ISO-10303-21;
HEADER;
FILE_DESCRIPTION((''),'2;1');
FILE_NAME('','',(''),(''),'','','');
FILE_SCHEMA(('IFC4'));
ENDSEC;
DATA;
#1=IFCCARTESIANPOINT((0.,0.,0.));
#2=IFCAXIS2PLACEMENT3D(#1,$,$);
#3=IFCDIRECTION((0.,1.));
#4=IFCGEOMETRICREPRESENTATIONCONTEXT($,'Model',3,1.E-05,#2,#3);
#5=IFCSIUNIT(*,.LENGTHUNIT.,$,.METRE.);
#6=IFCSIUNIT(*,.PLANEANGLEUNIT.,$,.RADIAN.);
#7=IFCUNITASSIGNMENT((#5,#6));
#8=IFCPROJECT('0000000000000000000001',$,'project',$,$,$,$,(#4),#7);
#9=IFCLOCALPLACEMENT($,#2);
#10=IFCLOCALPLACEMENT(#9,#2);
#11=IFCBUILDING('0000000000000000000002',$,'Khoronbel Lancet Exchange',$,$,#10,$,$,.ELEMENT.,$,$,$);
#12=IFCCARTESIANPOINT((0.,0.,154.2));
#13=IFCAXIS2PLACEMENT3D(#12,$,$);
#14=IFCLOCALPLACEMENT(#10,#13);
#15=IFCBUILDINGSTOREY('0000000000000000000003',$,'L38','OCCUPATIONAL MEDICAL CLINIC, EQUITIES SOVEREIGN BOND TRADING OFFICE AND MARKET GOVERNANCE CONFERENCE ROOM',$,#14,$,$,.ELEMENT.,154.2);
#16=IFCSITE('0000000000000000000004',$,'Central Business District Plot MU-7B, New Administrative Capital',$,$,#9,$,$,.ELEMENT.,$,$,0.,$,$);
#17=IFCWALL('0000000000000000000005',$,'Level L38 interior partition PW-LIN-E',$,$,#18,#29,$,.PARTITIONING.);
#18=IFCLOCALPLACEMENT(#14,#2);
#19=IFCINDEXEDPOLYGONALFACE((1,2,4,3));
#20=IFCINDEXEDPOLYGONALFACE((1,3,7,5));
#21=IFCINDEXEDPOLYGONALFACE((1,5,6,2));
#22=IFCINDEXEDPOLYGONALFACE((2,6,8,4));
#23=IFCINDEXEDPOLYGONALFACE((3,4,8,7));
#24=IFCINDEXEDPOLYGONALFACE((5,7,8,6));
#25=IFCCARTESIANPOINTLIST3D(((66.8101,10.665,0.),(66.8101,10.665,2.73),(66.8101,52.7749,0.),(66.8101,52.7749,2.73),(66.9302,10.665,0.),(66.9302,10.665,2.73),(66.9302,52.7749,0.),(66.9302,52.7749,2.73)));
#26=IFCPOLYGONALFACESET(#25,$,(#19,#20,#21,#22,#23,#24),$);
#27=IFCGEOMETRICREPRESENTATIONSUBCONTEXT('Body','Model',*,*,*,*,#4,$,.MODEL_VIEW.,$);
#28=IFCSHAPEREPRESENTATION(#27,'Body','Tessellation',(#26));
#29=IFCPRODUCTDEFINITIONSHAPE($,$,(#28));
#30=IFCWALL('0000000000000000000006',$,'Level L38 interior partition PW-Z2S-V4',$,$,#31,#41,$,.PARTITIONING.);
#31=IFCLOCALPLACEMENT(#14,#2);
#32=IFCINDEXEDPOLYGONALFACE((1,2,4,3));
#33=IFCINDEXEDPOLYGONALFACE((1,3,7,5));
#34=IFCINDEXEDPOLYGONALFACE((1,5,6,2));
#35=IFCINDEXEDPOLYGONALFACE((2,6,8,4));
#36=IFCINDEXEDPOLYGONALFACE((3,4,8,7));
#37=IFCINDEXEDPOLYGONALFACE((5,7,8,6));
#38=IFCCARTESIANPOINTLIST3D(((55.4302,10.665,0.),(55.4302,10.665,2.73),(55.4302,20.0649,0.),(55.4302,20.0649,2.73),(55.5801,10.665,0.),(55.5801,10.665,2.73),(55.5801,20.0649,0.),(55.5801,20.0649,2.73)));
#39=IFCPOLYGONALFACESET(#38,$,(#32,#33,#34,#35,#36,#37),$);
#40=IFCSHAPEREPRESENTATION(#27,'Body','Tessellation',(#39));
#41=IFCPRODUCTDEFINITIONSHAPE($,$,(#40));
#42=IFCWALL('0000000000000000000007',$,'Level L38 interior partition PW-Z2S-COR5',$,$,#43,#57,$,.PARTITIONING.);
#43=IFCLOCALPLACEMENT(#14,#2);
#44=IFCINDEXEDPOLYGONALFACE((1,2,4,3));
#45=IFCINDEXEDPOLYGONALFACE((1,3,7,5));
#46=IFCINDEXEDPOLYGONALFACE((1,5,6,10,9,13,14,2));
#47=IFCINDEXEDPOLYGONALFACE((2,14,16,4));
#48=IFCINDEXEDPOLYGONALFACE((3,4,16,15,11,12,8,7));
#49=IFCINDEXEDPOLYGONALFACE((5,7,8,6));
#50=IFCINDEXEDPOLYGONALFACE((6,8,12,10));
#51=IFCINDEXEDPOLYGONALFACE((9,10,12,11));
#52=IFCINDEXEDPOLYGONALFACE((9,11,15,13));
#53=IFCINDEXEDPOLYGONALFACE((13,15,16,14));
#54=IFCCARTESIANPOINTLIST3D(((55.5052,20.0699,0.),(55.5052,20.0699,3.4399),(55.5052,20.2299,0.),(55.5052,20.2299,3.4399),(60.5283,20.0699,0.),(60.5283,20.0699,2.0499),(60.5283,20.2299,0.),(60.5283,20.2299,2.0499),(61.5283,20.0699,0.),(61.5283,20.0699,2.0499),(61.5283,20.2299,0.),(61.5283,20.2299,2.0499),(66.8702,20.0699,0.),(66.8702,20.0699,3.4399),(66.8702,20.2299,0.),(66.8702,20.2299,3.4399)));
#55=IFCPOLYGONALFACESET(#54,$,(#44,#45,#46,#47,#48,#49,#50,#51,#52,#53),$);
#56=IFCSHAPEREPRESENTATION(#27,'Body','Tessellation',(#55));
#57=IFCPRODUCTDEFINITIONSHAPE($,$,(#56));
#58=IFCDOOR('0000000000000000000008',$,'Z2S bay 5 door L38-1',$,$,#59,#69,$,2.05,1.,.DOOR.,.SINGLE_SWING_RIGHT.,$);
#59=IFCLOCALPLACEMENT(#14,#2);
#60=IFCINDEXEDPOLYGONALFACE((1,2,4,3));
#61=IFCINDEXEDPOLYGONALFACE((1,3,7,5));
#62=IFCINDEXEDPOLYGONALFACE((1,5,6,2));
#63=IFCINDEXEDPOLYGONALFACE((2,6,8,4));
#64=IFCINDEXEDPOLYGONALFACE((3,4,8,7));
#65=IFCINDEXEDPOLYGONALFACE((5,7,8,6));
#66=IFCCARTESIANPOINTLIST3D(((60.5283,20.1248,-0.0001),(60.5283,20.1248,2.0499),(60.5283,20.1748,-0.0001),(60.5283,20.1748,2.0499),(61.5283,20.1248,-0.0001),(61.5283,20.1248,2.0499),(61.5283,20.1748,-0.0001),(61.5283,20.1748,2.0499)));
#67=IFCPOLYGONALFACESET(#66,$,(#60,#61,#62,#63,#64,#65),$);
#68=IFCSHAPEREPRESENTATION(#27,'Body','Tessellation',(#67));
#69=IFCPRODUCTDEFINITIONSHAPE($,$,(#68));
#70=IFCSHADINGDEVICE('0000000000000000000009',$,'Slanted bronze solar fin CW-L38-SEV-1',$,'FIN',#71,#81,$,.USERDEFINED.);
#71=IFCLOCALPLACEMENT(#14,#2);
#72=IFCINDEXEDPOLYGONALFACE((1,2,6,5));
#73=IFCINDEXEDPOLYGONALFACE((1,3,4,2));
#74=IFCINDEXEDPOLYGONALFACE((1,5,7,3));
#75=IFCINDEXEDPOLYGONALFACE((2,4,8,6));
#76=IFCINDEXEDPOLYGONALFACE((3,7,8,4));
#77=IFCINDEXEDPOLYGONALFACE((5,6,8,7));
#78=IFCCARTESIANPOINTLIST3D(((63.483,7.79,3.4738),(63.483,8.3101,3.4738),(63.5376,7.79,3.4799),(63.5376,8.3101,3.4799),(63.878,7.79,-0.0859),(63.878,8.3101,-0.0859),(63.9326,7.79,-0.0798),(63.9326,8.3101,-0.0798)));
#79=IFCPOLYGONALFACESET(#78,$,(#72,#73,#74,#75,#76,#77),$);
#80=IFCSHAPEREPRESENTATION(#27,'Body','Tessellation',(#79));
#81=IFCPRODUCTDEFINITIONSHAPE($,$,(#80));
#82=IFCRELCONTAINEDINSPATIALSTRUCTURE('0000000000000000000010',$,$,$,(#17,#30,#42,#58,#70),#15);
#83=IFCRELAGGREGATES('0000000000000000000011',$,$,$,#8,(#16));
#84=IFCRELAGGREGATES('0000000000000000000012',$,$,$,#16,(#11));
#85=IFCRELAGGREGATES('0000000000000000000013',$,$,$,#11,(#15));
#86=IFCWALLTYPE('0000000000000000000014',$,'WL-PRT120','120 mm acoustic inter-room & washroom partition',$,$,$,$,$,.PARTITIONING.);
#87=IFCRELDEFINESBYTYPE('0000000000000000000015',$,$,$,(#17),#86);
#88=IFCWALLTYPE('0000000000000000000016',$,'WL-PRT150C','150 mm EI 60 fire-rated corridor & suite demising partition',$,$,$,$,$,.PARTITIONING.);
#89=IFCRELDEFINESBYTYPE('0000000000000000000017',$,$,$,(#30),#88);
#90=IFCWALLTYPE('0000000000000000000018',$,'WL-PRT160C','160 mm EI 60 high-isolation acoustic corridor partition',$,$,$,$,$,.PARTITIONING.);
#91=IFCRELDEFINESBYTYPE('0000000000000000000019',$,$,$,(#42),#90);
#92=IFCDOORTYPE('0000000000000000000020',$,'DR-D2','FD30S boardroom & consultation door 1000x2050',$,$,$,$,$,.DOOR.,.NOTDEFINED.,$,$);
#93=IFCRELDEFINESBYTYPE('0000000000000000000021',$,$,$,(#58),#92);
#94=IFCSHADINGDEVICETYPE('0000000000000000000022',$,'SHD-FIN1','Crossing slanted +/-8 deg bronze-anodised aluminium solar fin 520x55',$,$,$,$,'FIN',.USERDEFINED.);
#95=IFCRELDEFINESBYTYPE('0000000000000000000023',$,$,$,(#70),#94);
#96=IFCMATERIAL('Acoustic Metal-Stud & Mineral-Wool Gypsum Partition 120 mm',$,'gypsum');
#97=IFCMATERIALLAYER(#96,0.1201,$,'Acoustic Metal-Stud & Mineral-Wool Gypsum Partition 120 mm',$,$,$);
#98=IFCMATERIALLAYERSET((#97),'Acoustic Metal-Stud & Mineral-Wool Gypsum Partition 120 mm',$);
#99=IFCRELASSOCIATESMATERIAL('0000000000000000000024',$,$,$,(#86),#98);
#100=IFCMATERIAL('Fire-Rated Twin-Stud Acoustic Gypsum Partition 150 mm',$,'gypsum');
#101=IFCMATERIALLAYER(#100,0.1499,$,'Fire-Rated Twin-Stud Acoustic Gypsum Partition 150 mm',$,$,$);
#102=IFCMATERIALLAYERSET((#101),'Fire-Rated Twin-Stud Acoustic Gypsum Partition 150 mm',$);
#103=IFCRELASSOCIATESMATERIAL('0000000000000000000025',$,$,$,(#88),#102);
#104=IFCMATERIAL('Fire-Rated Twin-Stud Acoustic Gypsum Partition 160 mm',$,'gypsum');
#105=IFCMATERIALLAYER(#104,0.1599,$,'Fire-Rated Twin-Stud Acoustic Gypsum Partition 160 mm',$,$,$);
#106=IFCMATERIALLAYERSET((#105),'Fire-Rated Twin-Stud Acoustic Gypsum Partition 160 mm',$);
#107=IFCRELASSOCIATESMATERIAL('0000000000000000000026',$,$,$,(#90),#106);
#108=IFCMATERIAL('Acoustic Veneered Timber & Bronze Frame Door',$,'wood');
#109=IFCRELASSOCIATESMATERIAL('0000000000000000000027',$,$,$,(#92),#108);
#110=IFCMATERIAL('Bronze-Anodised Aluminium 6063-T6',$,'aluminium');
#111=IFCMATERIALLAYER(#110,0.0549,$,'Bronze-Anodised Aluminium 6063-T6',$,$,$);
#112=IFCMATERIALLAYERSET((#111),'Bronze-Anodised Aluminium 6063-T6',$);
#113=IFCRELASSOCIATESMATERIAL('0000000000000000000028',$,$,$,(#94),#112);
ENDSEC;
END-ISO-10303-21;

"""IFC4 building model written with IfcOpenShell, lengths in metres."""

from ifc_helpers import new_model, si_unit, direction, frame, frame_2d, origin, place, context, subcontext, project, spatial, polyline, rectangle, outline, extrude, material, layer, layer_set, type_object, element, fill, save


model = new_model("IFC4")

# Units and contexts
model_context = context("Model", 3, precision=1e-05, world=origin(), true_north=direction((0.0, 1.0)))
body_context = subcontext(model_context, "Body", "Model", "MODEL_VIEW")
ifc_project = project(units=[si_unit("LENGTHUNIT", "METRE"), si_unit("PLANEANGLEUNIT", "RADIAN")], contexts=[model_context])

# Site, building, storey
site_placement = place(None, origin())
site = spatial("IfcSite", under=ifc_project, at=site_placement, Name="Central Business District Plot MU-7B, New Administrative Capital", CompositionType="ELEMENT", RefElevation=0.0)
building_placement = place(site_placement, origin())
building = spatial("IfcBuilding", under=site, at=building_placement, Name="Khoronbel Lancet Exchange", CompositionType="ELEMENT")
storey_placement = place(building_placement, frame((0.0, 0.0, 154.2)))
storey = spatial("IfcBuildingStorey", under=building, at=storey_placement, Name="L38", Description="OCCUPATIONAL MEDICAL CLINIC, EQUITIES SOVEREIGN BOND TRADING OFFICE AND MARKET GOVERNANCE CONFERENCE ROOM", CompositionType="ELEMENT", Elevation=154.2)

# Shared definitions
ifc_material_1 = material(Name="Bronze-Anodised Aluminium 6063-T6", Category="aluminium")

# Shared definitions
ifc_material_2 = material(Name="Acoustic Metal-Stud & Mineral-Wool Gypsum Partition 120 mm", Category="gypsum")
ifc_layer_1 = layer(ifc_material_2, 0.1201, Name="Acoustic Metal-Stud & Mineral-Wool Gypsum Partition 120 mm")
ifc_layer_set_1 = layer_set([ifc_layer_1], Name="Acoustic Metal-Stud & Mineral-Wool Gypsum Partition 120 mm")
wall_type_1 = type_object("IfcWallType", Name="WL-PRT120", Description="120 mm acoustic inter-room & washroom partition", PredefinedType="PARTITIONING", material=ifc_layer_set_1)

# Walls
wall_1_placement = place(storey_placement, frame((66.8701, 10.665, 0.0), z_axis=(0.0, 0.0, 1.0), x_axis=(0.0, 1.0, 0.0)))
element("IfcWall", 1, at=wall_1_placement, inside=storey, type_object=wall_type_1, Name="Level L38 interior partition PW-LIN-E", PredefinedType="PARTITIONING", context=body_context, shape_type="SweptSolid", body=[
    extrude(rectangle(XDim=42.1099, YDim=0.1201, at=frame_2d((21.0549, 0.0))), origin(), (0.0, 0.0, 1.0), 2.73),
])
ifc_material_3 = material(Name="Fire-Rated Twin-Stud Acoustic Gypsum Partition 150 mm", Category="gypsum")
ifc_layer_2 = layer(ifc_material_3, 0.1499, Name="Fire-Rated Twin-Stud Acoustic Gypsum Partition 150 mm")
ifc_layer_set_2 = layer_set([ifc_layer_2], Name="Fire-Rated Twin-Stud Acoustic Gypsum Partition 150 mm")
wall_type_2 = type_object("IfcWallType", Name="WL-PRT150C", Description="150 mm EI 60 fire-rated corridor & suite demising partition", PredefinedType="PARTITIONING", material=ifc_layer_set_2)
wall_2_placement = place(storey_placement, frame((55.5051, 10.665, 0.0), z_axis=(0.0, 0.0, 1.0), x_axis=(0.0, 1.0, 0.0)))
element("IfcWall", 2, at=wall_2_placement, inside=storey, type_object=wall_type_2, Name="Level L38 interior partition PW-Z2S-V4", PredefinedType="PARTITIONING", context=body_context, shape_type="SweptSolid", body=[
    extrude(rectangle(XDim=9.3999, YDim=0.1499, at=frame_2d((4.7, 0.0))), origin(), (0.0, 0.0, 1.0), 2.73),
])

# Wall, opening, door
ifc_material_4 = material(Name="Fire-Rated Twin-Stud Acoustic Gypsum Partition 160 mm", Category="gypsum")
ifc_layer_3 = layer(ifc_material_4, 0.1599, Name="Fire-Rated Twin-Stud Acoustic Gypsum Partition 160 mm")
ifc_layer_set_3 = layer_set([ifc_layer_3], Name="Fire-Rated Twin-Stud Acoustic Gypsum Partition 160 mm")
wall_type_3 = type_object("IfcWallType", Name="WL-PRT160C", Description="160 mm EI 60 high-isolation acoustic corridor partition", PredefinedType="PARTITIONING", material=ifc_layer_set_3)
wall_3_placement = place(storey_placement, frame((55.5051, 20.1499, 0.0), z_axis=(0.0, 0.0, 1.0), x_axis=(1.0, 0.0, 0.0)))
wall_3 = element("IfcWall", 3, at=wall_3_placement, inside=storey, type_object=wall_type_3, Name="Level L38 interior partition PW-Z2S-COR5", PredefinedType="PARTITIONING", context=body_context, shape_type="SweptSolid", body=[
    extrude(rectangle(XDim=11.365, YDim=0.1599, at=frame_2d((5.6826, 0.0))), origin(), (0.0, 0.0, 1.0), 3.4399),
])
opening_1_placement = place(wall_3_placement, frame((5.0232, 0.0, 0.0)))
opening_1 = element("IfcOpeningElement", 4, at=opening_1_placement, cuts=wall_3, PredefinedType="OPENING", context=body_context, shape_type="SweptSolid", body=[
    extrude(rectangle(XDim=1.0, YDim=2.05, at=frame_2d((0.5, 1.0249))), frame((0.0, 0.0898, 0.0), z_axis=(0.0, -1.0, 0.0), x_axis=(1.0, 0.0, 0.0)), (0.0, 0.0, 1.0), 0.1799),
])
ifc_material_5 = material(Name="Acoustic Veneered Timber & Bronze Frame Door", Category="wood")
door_type_1 = type_object("IfcDoorType", Name="DR-D2", Description="FD30S boardroom & consultation door 1000x2050", OperationType="NOTDEFINED", PredefinedType="DOOR", material=ifc_material_5)
door_1_placement = place(opening_1_placement, origin())
door_1 = element("IfcDoor", 5, at=door_1_placement, inside=storey, type_object=door_type_1, Name="Z2S bay 5 door L38-1", OperationType="SINGLE_SWING_RIGHT", OverallHeight=2.05, OverallWidth=1.0, PredefinedType="DOOR", context=body_context, shape_type="SweptSolid", body=[
    extrude(rectangle(XDim=1.0, YDim=2.05, at=frame_2d((0.5, 1.0249))), frame((0.0, 0.0249, 0.0), z_axis=(0.0, -1.0, 0.0), x_axis=(1.0, 0.0, 0.0)), (0.0, 0.0, 1.0), 0.05),
])
fill(opening_1, door_1)

# Shading device
ifc_layer_4 = layer(ifc_material_1, 0.0549, Name="Bronze-Anodised Aluminium 6063-T6")
ifc_layer_set_4 = layer_set([ifc_layer_4], Name="Bronze-Anodised Aluminium 6063-T6")
shading_device_type = type_object("IfcShadingDeviceType", Name="SHD-FIN1", Description="Crossing slanted +/-8 deg bronze-anodised aluminium solar fin 520x55", ElementType="FIN", PredefinedType="USERDEFINED", material=ifc_layer_set_4)
shading_device_placement = place(storey_placement, frame((63.9326, 8.3101, -0.0798), z_axis=(0.9939, 0.0, 0.110289), x_axis=(0.0, -1.0, 0.0)))
element("IfcShadingDevice", 6, at=shading_device_placement, inside=storey, type_object=shading_device_type, Name="Slanted bronze solar fin CW-L38-SEV-1", ObjectType="FIN", PredefinedType="USERDEFINED", context=body_context, shape_type="SweptSolid", body=[
    extrude(outline(polyline([(0.0, 0.0), (0.52, 0.0), (0.52, -3.5815), (0.0, -3.5815), (0.0, 0.0)])), origin(), (0.0, 0.0, -1.0), 0.0549),
])

save(model, "model.ifc")
